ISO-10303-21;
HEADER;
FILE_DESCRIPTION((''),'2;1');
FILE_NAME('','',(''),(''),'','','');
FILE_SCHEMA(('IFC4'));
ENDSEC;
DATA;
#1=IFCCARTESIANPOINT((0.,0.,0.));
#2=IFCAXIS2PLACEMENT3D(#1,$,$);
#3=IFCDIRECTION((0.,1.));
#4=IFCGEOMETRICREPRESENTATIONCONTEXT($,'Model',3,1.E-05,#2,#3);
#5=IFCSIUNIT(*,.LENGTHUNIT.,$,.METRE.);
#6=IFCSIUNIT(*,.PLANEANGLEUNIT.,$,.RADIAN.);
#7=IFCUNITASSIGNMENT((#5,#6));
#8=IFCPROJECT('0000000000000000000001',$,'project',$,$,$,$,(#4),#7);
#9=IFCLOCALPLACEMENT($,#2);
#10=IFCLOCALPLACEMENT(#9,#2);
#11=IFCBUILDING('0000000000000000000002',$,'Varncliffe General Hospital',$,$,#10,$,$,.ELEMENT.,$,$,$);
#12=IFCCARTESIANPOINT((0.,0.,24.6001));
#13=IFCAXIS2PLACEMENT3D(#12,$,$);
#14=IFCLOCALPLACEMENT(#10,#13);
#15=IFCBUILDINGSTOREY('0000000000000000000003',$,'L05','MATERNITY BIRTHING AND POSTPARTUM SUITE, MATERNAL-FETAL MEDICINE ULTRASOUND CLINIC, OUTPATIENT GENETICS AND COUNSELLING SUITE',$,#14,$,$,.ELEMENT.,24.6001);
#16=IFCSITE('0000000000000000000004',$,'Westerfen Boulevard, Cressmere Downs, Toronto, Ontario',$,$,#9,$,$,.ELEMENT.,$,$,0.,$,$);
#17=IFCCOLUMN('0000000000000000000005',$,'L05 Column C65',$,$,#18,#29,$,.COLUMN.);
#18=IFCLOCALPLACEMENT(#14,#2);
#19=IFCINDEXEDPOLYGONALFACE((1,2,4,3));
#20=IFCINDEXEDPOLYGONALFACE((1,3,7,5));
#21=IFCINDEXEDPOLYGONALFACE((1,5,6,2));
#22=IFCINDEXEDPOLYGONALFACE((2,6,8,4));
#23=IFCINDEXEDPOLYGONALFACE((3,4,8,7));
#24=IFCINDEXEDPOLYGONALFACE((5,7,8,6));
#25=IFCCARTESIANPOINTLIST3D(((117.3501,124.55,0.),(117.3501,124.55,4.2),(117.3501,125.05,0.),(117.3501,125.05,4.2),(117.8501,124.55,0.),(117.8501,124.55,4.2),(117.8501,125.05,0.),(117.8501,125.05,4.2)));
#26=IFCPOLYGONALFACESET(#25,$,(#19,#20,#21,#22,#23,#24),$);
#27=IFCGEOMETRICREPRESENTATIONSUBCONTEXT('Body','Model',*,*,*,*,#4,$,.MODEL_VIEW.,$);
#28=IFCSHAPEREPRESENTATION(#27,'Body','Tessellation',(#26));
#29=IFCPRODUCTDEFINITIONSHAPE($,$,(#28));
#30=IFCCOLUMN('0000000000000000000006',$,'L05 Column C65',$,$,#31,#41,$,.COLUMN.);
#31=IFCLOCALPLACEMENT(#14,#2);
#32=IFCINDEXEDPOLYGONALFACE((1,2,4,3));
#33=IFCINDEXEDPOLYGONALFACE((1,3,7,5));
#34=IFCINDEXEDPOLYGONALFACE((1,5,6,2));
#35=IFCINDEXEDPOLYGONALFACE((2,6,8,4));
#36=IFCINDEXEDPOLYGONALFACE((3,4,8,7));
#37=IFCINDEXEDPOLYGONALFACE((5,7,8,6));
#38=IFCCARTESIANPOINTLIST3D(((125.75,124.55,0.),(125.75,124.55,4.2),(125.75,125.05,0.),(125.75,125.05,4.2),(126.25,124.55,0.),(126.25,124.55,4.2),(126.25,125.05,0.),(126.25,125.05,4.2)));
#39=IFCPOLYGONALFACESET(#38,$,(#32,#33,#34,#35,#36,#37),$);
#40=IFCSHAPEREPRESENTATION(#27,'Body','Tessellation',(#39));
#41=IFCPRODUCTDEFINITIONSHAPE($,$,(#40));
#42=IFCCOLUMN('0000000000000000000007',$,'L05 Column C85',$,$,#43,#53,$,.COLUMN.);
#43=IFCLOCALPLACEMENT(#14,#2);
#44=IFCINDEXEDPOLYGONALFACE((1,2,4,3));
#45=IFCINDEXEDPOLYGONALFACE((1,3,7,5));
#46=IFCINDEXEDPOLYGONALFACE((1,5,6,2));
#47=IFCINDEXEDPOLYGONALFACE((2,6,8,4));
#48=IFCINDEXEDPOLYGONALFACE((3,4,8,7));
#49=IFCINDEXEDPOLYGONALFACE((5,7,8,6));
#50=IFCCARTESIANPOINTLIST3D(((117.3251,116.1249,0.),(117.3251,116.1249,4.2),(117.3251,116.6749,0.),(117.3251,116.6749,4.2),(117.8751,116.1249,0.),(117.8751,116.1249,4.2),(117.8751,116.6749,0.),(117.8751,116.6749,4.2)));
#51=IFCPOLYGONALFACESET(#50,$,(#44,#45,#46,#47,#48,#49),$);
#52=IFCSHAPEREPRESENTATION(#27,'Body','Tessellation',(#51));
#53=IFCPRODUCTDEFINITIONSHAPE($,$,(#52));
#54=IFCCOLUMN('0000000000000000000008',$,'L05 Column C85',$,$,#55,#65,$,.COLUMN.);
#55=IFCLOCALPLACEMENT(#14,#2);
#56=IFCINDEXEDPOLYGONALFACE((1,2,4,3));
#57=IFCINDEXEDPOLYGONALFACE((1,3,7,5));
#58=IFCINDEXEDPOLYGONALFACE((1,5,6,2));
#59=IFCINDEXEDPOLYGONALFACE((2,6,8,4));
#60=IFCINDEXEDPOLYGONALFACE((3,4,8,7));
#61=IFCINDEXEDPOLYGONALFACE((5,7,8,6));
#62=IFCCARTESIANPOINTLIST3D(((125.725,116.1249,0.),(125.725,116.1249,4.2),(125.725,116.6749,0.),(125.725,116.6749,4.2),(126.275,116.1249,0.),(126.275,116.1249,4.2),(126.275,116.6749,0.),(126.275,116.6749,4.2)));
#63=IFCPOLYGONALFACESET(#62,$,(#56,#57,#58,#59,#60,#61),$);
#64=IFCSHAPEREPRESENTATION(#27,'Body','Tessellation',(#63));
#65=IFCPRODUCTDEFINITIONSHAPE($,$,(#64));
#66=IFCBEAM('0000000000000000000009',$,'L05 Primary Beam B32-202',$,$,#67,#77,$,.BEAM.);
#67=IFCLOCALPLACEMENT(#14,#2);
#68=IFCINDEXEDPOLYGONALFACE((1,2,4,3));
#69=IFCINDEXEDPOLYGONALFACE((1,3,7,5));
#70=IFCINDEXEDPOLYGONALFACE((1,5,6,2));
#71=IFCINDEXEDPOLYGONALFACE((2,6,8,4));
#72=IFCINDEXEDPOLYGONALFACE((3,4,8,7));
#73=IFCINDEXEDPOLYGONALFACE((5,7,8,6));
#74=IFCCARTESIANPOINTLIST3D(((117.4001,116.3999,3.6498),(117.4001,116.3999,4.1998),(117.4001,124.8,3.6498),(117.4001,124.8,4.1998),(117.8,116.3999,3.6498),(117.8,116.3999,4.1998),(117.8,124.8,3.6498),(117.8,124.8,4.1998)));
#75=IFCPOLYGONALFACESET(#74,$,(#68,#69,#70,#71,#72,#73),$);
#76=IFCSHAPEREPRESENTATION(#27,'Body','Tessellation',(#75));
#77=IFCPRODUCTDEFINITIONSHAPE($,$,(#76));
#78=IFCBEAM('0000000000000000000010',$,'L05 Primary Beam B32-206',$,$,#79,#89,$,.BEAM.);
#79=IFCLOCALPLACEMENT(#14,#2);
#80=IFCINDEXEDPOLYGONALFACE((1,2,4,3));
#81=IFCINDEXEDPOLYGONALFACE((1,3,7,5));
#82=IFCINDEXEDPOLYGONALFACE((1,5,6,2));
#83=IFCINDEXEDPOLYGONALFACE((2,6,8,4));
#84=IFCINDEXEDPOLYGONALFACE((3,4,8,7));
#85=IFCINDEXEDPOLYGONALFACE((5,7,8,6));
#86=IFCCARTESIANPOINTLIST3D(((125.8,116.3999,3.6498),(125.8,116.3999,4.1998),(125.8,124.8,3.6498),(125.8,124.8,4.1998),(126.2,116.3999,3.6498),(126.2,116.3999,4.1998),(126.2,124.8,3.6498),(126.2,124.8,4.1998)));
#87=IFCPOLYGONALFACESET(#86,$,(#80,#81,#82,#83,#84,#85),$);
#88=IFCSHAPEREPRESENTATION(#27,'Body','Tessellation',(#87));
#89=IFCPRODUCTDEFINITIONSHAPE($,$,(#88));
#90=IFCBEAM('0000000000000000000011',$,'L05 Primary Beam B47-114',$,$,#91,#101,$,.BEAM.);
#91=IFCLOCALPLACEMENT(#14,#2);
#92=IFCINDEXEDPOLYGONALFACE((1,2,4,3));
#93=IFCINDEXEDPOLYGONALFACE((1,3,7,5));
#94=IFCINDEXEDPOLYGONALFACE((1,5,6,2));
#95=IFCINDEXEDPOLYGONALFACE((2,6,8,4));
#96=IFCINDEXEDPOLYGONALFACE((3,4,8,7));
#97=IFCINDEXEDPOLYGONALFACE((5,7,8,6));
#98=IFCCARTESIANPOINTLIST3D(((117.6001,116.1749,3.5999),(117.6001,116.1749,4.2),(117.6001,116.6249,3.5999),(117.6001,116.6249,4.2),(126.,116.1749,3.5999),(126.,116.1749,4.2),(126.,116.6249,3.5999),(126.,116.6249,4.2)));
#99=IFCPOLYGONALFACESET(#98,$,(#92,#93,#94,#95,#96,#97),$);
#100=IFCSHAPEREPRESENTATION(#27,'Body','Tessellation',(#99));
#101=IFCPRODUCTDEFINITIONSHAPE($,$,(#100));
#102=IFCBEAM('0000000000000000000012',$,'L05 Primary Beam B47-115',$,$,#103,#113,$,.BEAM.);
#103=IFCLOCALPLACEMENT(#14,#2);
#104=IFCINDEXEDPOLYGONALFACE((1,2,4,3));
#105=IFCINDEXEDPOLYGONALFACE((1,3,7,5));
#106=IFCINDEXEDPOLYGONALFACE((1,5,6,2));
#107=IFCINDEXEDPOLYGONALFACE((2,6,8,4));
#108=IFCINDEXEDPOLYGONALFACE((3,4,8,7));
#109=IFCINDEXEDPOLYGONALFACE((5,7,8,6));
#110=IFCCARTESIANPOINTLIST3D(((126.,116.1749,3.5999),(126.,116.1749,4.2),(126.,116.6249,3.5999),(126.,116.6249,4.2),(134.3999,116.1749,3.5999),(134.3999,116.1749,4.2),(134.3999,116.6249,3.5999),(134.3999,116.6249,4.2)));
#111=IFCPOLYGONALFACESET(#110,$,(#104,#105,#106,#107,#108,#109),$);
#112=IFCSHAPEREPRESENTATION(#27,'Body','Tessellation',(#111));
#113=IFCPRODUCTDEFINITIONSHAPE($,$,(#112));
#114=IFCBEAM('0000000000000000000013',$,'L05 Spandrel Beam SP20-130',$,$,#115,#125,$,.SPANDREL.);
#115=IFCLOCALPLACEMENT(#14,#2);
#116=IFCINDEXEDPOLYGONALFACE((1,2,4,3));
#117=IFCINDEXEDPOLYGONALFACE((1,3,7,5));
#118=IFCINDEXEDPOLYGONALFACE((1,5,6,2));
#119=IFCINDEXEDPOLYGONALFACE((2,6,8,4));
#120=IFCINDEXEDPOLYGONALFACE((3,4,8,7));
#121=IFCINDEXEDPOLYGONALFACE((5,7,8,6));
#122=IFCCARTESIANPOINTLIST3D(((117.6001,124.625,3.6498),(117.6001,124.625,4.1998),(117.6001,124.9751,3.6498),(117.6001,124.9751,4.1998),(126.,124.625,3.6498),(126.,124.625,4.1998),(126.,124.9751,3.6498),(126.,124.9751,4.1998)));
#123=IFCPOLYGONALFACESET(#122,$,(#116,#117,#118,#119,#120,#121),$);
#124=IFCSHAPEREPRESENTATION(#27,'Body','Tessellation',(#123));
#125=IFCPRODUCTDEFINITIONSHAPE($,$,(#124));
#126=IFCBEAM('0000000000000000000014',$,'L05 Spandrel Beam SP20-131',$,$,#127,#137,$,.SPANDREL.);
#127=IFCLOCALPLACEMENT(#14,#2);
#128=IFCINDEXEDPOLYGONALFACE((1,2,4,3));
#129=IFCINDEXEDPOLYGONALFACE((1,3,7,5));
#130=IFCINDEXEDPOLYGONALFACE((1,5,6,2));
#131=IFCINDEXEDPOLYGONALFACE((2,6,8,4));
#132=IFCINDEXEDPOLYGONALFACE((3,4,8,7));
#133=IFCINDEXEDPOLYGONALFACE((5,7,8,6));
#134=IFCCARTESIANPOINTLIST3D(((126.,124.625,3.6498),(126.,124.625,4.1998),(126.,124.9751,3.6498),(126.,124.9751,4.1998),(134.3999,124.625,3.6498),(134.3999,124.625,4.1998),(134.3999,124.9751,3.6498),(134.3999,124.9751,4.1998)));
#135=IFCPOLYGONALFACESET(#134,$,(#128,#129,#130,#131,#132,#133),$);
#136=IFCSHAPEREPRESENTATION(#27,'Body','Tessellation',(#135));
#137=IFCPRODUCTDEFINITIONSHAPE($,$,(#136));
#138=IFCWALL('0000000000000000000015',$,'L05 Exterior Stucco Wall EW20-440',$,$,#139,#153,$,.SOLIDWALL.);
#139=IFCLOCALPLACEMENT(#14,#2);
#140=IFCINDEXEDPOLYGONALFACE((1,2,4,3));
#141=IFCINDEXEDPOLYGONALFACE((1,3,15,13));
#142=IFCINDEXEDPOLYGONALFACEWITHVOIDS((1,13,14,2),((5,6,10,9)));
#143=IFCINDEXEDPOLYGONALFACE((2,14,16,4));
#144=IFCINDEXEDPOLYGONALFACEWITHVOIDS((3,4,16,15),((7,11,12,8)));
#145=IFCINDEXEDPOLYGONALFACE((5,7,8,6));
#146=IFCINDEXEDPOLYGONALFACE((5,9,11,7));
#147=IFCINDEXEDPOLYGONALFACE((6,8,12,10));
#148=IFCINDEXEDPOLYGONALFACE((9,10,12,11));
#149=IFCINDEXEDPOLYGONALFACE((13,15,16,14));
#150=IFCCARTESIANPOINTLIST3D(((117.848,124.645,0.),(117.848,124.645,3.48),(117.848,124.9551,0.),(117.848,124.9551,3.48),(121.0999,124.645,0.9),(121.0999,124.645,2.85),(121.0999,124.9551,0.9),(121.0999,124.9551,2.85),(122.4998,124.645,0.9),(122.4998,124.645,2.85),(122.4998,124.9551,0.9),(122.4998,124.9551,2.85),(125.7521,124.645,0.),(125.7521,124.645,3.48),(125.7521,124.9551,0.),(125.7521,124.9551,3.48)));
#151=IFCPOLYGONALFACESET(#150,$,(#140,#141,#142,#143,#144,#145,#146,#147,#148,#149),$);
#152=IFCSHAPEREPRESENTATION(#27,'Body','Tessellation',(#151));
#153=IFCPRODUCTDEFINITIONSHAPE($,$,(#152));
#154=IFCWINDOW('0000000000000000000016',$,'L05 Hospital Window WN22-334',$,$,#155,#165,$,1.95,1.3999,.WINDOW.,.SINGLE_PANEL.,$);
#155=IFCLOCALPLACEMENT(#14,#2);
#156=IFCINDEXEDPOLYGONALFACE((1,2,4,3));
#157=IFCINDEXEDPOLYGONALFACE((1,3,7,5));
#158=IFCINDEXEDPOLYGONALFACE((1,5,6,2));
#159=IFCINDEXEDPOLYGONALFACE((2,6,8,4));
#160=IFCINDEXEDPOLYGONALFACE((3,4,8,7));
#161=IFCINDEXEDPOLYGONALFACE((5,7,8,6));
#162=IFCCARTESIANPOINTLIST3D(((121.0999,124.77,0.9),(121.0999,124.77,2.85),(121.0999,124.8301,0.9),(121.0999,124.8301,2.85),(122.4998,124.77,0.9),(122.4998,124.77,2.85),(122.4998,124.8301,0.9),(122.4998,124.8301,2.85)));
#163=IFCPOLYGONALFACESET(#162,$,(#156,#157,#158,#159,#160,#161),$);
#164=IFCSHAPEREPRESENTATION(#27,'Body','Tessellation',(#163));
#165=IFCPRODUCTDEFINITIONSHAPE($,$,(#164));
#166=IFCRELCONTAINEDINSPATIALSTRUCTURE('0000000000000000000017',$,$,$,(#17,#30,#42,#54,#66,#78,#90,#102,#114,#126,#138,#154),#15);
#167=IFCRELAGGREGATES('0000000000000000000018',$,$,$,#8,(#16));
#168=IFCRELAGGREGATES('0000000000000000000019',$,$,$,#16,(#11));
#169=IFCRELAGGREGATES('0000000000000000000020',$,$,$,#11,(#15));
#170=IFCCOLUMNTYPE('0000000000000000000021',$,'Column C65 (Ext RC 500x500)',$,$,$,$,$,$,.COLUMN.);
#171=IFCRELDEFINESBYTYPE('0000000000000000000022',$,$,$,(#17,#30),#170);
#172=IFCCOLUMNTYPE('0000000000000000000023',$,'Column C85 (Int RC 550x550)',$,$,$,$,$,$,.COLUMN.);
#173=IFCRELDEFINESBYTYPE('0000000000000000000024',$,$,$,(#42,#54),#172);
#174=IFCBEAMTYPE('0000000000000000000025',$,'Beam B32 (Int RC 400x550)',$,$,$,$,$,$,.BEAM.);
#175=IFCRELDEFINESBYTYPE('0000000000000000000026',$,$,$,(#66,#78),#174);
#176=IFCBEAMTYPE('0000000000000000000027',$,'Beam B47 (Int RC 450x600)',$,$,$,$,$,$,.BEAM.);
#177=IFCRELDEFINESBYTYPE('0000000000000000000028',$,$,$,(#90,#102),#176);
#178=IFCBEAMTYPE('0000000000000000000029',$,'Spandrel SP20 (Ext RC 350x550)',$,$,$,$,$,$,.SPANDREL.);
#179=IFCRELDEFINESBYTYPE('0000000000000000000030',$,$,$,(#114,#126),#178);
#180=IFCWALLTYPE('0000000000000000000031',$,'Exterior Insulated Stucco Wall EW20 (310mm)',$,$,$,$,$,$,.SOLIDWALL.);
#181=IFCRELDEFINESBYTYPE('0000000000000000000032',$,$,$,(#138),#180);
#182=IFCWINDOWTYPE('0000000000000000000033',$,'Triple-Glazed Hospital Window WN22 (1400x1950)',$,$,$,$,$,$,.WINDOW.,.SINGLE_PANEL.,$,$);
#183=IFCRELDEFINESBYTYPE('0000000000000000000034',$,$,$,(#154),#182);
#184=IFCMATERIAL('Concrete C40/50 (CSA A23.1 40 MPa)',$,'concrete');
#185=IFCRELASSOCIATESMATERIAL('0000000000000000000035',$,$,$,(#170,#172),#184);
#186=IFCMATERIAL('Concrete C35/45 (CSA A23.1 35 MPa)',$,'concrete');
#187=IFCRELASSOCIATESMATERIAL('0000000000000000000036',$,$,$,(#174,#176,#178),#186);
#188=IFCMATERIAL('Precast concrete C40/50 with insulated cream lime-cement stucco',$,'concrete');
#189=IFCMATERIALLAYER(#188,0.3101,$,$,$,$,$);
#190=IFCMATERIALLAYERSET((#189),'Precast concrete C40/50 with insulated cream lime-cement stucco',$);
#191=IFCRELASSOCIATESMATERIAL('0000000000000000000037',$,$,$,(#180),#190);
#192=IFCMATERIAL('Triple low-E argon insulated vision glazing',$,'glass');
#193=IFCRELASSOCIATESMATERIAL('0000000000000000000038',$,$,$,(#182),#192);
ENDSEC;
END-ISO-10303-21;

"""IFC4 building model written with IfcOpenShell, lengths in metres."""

from ifc_helpers import new_model, si_unit, direction, frame, frame_2d, origin, origin_2d, place, context, subcontext, project, spatial, rectangle, extrude, material, layer, layer_set, material_profile, profile_set, type_object, element, fill, save


model = new_model("IFC4")

# Units and contexts
model_context = context("Model", 3, precision=1e-05, world=origin(), true_north=direction((0.0, 1.0)))
body_context = subcontext(model_context, "Body", "Model", "MODEL_VIEW")
ifc_project = project(units=[si_unit("LENGTHUNIT", "METRE"), si_unit("PLANEANGLEUNIT", "RADIAN")], contexts=[model_context])

# Site, building, storey
site_placement = place(None, origin())
site = spatial("IfcSite", under=ifc_project, at=site_placement, Name="Westerfen Boulevard, Cressmere Downs, Toronto, Ontario", CompositionType="ELEMENT", RefElevation=0.0)
building_placement = place(site_placement, origin())
building = spatial("IfcBuilding", under=site, at=building_placement, Name="Varncliffe General Hospital", CompositionType="ELEMENT")
storey_placement = place(building_placement, frame((0.0, 0.0, 24.6001)))
storey = spatial("IfcBuildingStorey", under=building, at=storey_placement, Name="L05", Description="MATERNITY BIRTHING AND POSTPARTUM SUITE, MATERNAL-FETAL MEDICINE ULTRASOUND CLINIC, OUTPATIENT GENETICS AND COUNSELLING SUITE", CompositionType="ELEMENT", Elevation=24.6001)

# Columns
ifc_material_1 = material(Name="Concrete C40/50 (CSA A23.1 40 MPa)", Category="concrete")
ifc_material_profile_1 = material_profile(ifc_material_1, rectangle(XDim=0.5, YDim=0.5, at=origin_2d()), Name="RC 500x500")
ifc_profile_set_1 = profile_set([ifc_material_profile_1], Name="Concrete C40/50 (CSA A23.1 40 MPa)")
column_type_1 = type_object("IfcColumnType", Name="Column C65 (Ext RC 500x500)", PredefinedType="COLUMN", material=ifc_profile_set_1)
for number, where, z_axis, x_axis, name in (
    (1, (117.6001, 124.8, 0.0), (0.0, 0.0, 1.0), (1.0, 0.0, 0.0), "L05 Column C65"),
    (2, (126.0, 124.8, 0.0), (0.0, 0.0, 1.0), (1.0, 0.0, 0.0), "L05 Column C65"),
):
    element("IfcColumn", number, at=place(storey_placement, frame(where, z_axis=z_axis, x_axis=x_axis)), inside=storey, type_object=column_type_1, Name=name, PredefinedType="COLUMN", context=body_context, shape_type="SweptSolid", body=[
        extrude(rectangle(XDim=0.5, YDim=0.5, at=origin_2d()), origin(), (0.0, 0.0, 1.0), 4.2),
    ])
ifc_material_profile_2 = material_profile(ifc_material_1, rectangle(XDim=0.55, YDim=0.55, at=origin_2d()), Name="RC 550x550")
ifc_profile_set_2 = profile_set([ifc_material_profile_2], Name="Concrete C40/50 (CSA A23.1 40 MPa)")
column_type_2 = type_object("IfcColumnType", Name="Column C85 (Int RC 550x550)", PredefinedType="COLUMN", material=ifc_profile_set_2)
for number, where, z_axis, x_axis, name in (
    (3, (117.6001, 116.3999, 0.0), (0.0, 0.0, 1.0), (1.0, 0.0, 0.0), "L05 Column C85"),
    (4, (126.0, 116.3999, 0.0), (0.0, 0.0, 1.0), (1.0, 0.0, 0.0), "L05 Column C85"),
):
    element("IfcColumn", number, at=place(storey_placement, frame(where, z_axis=z_axis, x_axis=x_axis)), inside=storey, type_object=column_type_2, Name=name, PredefinedType="COLUMN", context=body_context, shape_type="SweptSolid", body=[
        extrude(rectangle(XDim=0.55, YDim=0.55, at=origin_2d()), origin(), (0.0, 0.0, 1.0), 4.2),
    ])

# Beams
ifc_material_2 = material(Name="Concrete C35/45 (CSA A23.1 35 MPa)", Category="concrete")
ifc_material_profile_3 = material_profile(ifc_material_2, rectangle(XDim=0.3999, YDim=0.55, at=origin_2d()), Name="RC 400x550")
ifc_profile_set_3 = profile_set([ifc_material_profile_3], Name="Concrete C35/45 (CSA A23.1 35 MPa)")
beam_type_1 = type_object("IfcBeamType", Name="Beam B32 (Int RC 400x550)", PredefinedType="BEAM", material=ifc_profile_set_3)
for number, where, z_axis, x_axis, name in (
    (5, (117.6001, 116.3999, 3.9248), (0.0, 1.0, 0.0), (-1.0, 0.0, 0.0), "L05 Primary Beam B32-202"),
    (6, (126.0, 116.3999, 3.9248), (0.0, 1.0, 0.0), (-1.0, 0.0, 0.0), "L05 Primary Beam B32-206"),
):
    element("IfcBeam", number, at=place(storey_placement, frame(where, z_axis=z_axis, x_axis=x_axis)), inside=storey, type_object=beam_type_1, Name=name, PredefinedType="BEAM", context=body_context, shape_type="SweptSolid", body=[
        extrude(rectangle(XDim=0.3999, YDim=0.55, at=origin_2d()), origin(), (0.0, 0.0, 1.0), 8.4001),
    ])
ifc_material_profile_4 = material_profile(ifc_material_2, rectangle(XDim=0.45, YDim=0.6001, at=origin_2d()), Name="RC 450x600")
ifc_profile_set_4 = profile_set([ifc_material_profile_4], Name="Concrete C35/45 (CSA A23.1 35 MPa)")
beam_type_2 = type_object("IfcBeamType", Name="Beam B47 (Int RC 450x600)", PredefinedType="BEAM", material=ifc_profile_set_4)
for number, where, z_axis, x_axis, name in (
    (7, (117.6001, 116.3999, 3.8999), (1.0, 0.0, 0.0), (0.0, 1.0, 0.0), "L05 Primary Beam B47-114"),
    (8, (126.0, 116.3999, 3.8999), (1.0, 0.0, 0.0), (0.0, 1.0, 0.0), "L05 Primary Beam B47-115"),
):
    element("IfcBeam", number, at=place(storey_placement, frame(where, z_axis=z_axis, x_axis=x_axis)), inside=storey, type_object=beam_type_2, Name=name, PredefinedType="BEAM", context=body_context, shape_type="SweptSolid", body=[
        extrude(rectangle(XDim=0.45, YDim=0.6001, at=origin_2d()), origin(), (0.0, 0.0, 1.0), 8.3999),
    ])
ifc_material_profile_5 = material_profile(ifc_material_2, rectangle(XDim=0.3501, YDim=0.55, at=origin_2d()), Name="RC 350x550")
ifc_profile_set_5 = profile_set([ifc_material_profile_5], Name="Concrete C35/45 (CSA A23.1 35 MPa)")
beam_type_3 = type_object("IfcBeamType", Name="Spandrel SP20 (Ext RC 350x550)", PredefinedType="SPANDREL", material=ifc_profile_set_5)
for number, where, z_axis, x_axis, name in (
    (9, (117.6001, 124.8, 3.9248), (1.0, 0.0, 0.0), (0.0, 1.0, 0.0), "L05 Spandrel Beam SP20-130"),
    (10, (126.0, 124.8, 3.9248), (1.0, 0.0, 0.0), (0.0, 1.0, 0.0), "L05 Spandrel Beam SP20-131"),
):
    element("IfcBeam", number, at=place(storey_placement, frame(where, z_axis=z_axis, x_axis=x_axis)), inside=storey, type_object=beam_type_3, Name=name, PredefinedType="SPANDREL", context=body_context, shape_type="SweptSolid", body=[
        extrude(rectangle(XDim=0.3501, YDim=0.55, at=origin_2d()), origin(), (0.0, 0.0, 1.0), 8.3999),
    ])

# Wall, opening, window
ifc_material_3 = material(Name="Precast concrete C40/50 with insulated cream lime-cement stucco", Category="concrete")
ifc_layer_1 = layer(ifc_material_3, 0.3101)
ifc_layer_set_1 = layer_set([ifc_layer_1], Name="Precast concrete C40/50 with insulated cream lime-cement stucco")
wall_type_1 = type_object("IfcWallType", Name="Exterior Insulated Stucco Wall EW20 (310mm)", PredefinedType="SOLIDWALL", material=ifc_layer_set_1)
wall_1_placement = place(storey_placement, frame((117.8479, 124.8, 0.0), z_axis=(0.0, 0.0, 1.0), x_axis=(1.0, 0.0, 0.0)))
wall_1 = element("IfcWall", 11, at=wall_1_placement, inside=storey, type_object=wall_type_1, Name="L05 Exterior Stucco Wall EW20-440", PredefinedType="SOLIDWALL", context=body_context, shape_type="SweptSolid", body=[
    extrude(rectangle(XDim=7.9041, YDim=0.3101, at=frame_2d((3.9521, 0.0))), origin(), (0.0, 0.0, 1.0), 3.48),
])
opening_1_placement = place(wall_1_placement, frame((3.252, 0.0, 0.8999)))
opening_1 = element("IfcOpeningElement", 12, at=opening_1_placement, cuts=wall_1, PredefinedType="OPENING", context=body_context, shape_type="SweptSolid", body=[
    extrude(rectangle(XDim=1.3999, YDim=1.95, at=frame_2d((0.7, 0.9751))), frame((0.0, 0.165, 0.0), z_axis=(0.0, -1.0, 0.0), x_axis=(1.0, 0.0, 0.0)), (0.0, 0.0, 1.0), 0.3301),
])
ifc_material_4 = material(Name="Triple low-E argon insulated vision glazing", Category="glass")
window_type_1 = type_object("IfcWindowType", Name="Triple-Glazed Hospital Window WN22 (1400x1950)", PartitioningType="SINGLE_PANEL", PredefinedType="WINDOW", material=ifc_material_4)
window_1_placement = place(opening_1_placement, origin())
window_1 = element("IfcWindow", 13, at=window_1_placement, inside=storey, type_object=window_type_1, Name="L05 Hospital Window WN22-334", OverallHeight=1.95, OverallWidth=1.3999, PartitioningType="SINGLE_PANEL", PredefinedType="WINDOW", context=body_context, shape_type="SweptSolid", body=[
    extrude(rectangle(XDim=1.3999, YDim=1.95, at=frame_2d((0.7, 0.9751))), frame((0.0, 0.03, 0.0), z_axis=(0.0, -1.0, 0.0), x_axis=(1.0, 0.0, 0.0)), (0.0, 0.0, 1.0), 0.0601),
])
fill(opening_1, window_1)

save(model, "model.ifc")
